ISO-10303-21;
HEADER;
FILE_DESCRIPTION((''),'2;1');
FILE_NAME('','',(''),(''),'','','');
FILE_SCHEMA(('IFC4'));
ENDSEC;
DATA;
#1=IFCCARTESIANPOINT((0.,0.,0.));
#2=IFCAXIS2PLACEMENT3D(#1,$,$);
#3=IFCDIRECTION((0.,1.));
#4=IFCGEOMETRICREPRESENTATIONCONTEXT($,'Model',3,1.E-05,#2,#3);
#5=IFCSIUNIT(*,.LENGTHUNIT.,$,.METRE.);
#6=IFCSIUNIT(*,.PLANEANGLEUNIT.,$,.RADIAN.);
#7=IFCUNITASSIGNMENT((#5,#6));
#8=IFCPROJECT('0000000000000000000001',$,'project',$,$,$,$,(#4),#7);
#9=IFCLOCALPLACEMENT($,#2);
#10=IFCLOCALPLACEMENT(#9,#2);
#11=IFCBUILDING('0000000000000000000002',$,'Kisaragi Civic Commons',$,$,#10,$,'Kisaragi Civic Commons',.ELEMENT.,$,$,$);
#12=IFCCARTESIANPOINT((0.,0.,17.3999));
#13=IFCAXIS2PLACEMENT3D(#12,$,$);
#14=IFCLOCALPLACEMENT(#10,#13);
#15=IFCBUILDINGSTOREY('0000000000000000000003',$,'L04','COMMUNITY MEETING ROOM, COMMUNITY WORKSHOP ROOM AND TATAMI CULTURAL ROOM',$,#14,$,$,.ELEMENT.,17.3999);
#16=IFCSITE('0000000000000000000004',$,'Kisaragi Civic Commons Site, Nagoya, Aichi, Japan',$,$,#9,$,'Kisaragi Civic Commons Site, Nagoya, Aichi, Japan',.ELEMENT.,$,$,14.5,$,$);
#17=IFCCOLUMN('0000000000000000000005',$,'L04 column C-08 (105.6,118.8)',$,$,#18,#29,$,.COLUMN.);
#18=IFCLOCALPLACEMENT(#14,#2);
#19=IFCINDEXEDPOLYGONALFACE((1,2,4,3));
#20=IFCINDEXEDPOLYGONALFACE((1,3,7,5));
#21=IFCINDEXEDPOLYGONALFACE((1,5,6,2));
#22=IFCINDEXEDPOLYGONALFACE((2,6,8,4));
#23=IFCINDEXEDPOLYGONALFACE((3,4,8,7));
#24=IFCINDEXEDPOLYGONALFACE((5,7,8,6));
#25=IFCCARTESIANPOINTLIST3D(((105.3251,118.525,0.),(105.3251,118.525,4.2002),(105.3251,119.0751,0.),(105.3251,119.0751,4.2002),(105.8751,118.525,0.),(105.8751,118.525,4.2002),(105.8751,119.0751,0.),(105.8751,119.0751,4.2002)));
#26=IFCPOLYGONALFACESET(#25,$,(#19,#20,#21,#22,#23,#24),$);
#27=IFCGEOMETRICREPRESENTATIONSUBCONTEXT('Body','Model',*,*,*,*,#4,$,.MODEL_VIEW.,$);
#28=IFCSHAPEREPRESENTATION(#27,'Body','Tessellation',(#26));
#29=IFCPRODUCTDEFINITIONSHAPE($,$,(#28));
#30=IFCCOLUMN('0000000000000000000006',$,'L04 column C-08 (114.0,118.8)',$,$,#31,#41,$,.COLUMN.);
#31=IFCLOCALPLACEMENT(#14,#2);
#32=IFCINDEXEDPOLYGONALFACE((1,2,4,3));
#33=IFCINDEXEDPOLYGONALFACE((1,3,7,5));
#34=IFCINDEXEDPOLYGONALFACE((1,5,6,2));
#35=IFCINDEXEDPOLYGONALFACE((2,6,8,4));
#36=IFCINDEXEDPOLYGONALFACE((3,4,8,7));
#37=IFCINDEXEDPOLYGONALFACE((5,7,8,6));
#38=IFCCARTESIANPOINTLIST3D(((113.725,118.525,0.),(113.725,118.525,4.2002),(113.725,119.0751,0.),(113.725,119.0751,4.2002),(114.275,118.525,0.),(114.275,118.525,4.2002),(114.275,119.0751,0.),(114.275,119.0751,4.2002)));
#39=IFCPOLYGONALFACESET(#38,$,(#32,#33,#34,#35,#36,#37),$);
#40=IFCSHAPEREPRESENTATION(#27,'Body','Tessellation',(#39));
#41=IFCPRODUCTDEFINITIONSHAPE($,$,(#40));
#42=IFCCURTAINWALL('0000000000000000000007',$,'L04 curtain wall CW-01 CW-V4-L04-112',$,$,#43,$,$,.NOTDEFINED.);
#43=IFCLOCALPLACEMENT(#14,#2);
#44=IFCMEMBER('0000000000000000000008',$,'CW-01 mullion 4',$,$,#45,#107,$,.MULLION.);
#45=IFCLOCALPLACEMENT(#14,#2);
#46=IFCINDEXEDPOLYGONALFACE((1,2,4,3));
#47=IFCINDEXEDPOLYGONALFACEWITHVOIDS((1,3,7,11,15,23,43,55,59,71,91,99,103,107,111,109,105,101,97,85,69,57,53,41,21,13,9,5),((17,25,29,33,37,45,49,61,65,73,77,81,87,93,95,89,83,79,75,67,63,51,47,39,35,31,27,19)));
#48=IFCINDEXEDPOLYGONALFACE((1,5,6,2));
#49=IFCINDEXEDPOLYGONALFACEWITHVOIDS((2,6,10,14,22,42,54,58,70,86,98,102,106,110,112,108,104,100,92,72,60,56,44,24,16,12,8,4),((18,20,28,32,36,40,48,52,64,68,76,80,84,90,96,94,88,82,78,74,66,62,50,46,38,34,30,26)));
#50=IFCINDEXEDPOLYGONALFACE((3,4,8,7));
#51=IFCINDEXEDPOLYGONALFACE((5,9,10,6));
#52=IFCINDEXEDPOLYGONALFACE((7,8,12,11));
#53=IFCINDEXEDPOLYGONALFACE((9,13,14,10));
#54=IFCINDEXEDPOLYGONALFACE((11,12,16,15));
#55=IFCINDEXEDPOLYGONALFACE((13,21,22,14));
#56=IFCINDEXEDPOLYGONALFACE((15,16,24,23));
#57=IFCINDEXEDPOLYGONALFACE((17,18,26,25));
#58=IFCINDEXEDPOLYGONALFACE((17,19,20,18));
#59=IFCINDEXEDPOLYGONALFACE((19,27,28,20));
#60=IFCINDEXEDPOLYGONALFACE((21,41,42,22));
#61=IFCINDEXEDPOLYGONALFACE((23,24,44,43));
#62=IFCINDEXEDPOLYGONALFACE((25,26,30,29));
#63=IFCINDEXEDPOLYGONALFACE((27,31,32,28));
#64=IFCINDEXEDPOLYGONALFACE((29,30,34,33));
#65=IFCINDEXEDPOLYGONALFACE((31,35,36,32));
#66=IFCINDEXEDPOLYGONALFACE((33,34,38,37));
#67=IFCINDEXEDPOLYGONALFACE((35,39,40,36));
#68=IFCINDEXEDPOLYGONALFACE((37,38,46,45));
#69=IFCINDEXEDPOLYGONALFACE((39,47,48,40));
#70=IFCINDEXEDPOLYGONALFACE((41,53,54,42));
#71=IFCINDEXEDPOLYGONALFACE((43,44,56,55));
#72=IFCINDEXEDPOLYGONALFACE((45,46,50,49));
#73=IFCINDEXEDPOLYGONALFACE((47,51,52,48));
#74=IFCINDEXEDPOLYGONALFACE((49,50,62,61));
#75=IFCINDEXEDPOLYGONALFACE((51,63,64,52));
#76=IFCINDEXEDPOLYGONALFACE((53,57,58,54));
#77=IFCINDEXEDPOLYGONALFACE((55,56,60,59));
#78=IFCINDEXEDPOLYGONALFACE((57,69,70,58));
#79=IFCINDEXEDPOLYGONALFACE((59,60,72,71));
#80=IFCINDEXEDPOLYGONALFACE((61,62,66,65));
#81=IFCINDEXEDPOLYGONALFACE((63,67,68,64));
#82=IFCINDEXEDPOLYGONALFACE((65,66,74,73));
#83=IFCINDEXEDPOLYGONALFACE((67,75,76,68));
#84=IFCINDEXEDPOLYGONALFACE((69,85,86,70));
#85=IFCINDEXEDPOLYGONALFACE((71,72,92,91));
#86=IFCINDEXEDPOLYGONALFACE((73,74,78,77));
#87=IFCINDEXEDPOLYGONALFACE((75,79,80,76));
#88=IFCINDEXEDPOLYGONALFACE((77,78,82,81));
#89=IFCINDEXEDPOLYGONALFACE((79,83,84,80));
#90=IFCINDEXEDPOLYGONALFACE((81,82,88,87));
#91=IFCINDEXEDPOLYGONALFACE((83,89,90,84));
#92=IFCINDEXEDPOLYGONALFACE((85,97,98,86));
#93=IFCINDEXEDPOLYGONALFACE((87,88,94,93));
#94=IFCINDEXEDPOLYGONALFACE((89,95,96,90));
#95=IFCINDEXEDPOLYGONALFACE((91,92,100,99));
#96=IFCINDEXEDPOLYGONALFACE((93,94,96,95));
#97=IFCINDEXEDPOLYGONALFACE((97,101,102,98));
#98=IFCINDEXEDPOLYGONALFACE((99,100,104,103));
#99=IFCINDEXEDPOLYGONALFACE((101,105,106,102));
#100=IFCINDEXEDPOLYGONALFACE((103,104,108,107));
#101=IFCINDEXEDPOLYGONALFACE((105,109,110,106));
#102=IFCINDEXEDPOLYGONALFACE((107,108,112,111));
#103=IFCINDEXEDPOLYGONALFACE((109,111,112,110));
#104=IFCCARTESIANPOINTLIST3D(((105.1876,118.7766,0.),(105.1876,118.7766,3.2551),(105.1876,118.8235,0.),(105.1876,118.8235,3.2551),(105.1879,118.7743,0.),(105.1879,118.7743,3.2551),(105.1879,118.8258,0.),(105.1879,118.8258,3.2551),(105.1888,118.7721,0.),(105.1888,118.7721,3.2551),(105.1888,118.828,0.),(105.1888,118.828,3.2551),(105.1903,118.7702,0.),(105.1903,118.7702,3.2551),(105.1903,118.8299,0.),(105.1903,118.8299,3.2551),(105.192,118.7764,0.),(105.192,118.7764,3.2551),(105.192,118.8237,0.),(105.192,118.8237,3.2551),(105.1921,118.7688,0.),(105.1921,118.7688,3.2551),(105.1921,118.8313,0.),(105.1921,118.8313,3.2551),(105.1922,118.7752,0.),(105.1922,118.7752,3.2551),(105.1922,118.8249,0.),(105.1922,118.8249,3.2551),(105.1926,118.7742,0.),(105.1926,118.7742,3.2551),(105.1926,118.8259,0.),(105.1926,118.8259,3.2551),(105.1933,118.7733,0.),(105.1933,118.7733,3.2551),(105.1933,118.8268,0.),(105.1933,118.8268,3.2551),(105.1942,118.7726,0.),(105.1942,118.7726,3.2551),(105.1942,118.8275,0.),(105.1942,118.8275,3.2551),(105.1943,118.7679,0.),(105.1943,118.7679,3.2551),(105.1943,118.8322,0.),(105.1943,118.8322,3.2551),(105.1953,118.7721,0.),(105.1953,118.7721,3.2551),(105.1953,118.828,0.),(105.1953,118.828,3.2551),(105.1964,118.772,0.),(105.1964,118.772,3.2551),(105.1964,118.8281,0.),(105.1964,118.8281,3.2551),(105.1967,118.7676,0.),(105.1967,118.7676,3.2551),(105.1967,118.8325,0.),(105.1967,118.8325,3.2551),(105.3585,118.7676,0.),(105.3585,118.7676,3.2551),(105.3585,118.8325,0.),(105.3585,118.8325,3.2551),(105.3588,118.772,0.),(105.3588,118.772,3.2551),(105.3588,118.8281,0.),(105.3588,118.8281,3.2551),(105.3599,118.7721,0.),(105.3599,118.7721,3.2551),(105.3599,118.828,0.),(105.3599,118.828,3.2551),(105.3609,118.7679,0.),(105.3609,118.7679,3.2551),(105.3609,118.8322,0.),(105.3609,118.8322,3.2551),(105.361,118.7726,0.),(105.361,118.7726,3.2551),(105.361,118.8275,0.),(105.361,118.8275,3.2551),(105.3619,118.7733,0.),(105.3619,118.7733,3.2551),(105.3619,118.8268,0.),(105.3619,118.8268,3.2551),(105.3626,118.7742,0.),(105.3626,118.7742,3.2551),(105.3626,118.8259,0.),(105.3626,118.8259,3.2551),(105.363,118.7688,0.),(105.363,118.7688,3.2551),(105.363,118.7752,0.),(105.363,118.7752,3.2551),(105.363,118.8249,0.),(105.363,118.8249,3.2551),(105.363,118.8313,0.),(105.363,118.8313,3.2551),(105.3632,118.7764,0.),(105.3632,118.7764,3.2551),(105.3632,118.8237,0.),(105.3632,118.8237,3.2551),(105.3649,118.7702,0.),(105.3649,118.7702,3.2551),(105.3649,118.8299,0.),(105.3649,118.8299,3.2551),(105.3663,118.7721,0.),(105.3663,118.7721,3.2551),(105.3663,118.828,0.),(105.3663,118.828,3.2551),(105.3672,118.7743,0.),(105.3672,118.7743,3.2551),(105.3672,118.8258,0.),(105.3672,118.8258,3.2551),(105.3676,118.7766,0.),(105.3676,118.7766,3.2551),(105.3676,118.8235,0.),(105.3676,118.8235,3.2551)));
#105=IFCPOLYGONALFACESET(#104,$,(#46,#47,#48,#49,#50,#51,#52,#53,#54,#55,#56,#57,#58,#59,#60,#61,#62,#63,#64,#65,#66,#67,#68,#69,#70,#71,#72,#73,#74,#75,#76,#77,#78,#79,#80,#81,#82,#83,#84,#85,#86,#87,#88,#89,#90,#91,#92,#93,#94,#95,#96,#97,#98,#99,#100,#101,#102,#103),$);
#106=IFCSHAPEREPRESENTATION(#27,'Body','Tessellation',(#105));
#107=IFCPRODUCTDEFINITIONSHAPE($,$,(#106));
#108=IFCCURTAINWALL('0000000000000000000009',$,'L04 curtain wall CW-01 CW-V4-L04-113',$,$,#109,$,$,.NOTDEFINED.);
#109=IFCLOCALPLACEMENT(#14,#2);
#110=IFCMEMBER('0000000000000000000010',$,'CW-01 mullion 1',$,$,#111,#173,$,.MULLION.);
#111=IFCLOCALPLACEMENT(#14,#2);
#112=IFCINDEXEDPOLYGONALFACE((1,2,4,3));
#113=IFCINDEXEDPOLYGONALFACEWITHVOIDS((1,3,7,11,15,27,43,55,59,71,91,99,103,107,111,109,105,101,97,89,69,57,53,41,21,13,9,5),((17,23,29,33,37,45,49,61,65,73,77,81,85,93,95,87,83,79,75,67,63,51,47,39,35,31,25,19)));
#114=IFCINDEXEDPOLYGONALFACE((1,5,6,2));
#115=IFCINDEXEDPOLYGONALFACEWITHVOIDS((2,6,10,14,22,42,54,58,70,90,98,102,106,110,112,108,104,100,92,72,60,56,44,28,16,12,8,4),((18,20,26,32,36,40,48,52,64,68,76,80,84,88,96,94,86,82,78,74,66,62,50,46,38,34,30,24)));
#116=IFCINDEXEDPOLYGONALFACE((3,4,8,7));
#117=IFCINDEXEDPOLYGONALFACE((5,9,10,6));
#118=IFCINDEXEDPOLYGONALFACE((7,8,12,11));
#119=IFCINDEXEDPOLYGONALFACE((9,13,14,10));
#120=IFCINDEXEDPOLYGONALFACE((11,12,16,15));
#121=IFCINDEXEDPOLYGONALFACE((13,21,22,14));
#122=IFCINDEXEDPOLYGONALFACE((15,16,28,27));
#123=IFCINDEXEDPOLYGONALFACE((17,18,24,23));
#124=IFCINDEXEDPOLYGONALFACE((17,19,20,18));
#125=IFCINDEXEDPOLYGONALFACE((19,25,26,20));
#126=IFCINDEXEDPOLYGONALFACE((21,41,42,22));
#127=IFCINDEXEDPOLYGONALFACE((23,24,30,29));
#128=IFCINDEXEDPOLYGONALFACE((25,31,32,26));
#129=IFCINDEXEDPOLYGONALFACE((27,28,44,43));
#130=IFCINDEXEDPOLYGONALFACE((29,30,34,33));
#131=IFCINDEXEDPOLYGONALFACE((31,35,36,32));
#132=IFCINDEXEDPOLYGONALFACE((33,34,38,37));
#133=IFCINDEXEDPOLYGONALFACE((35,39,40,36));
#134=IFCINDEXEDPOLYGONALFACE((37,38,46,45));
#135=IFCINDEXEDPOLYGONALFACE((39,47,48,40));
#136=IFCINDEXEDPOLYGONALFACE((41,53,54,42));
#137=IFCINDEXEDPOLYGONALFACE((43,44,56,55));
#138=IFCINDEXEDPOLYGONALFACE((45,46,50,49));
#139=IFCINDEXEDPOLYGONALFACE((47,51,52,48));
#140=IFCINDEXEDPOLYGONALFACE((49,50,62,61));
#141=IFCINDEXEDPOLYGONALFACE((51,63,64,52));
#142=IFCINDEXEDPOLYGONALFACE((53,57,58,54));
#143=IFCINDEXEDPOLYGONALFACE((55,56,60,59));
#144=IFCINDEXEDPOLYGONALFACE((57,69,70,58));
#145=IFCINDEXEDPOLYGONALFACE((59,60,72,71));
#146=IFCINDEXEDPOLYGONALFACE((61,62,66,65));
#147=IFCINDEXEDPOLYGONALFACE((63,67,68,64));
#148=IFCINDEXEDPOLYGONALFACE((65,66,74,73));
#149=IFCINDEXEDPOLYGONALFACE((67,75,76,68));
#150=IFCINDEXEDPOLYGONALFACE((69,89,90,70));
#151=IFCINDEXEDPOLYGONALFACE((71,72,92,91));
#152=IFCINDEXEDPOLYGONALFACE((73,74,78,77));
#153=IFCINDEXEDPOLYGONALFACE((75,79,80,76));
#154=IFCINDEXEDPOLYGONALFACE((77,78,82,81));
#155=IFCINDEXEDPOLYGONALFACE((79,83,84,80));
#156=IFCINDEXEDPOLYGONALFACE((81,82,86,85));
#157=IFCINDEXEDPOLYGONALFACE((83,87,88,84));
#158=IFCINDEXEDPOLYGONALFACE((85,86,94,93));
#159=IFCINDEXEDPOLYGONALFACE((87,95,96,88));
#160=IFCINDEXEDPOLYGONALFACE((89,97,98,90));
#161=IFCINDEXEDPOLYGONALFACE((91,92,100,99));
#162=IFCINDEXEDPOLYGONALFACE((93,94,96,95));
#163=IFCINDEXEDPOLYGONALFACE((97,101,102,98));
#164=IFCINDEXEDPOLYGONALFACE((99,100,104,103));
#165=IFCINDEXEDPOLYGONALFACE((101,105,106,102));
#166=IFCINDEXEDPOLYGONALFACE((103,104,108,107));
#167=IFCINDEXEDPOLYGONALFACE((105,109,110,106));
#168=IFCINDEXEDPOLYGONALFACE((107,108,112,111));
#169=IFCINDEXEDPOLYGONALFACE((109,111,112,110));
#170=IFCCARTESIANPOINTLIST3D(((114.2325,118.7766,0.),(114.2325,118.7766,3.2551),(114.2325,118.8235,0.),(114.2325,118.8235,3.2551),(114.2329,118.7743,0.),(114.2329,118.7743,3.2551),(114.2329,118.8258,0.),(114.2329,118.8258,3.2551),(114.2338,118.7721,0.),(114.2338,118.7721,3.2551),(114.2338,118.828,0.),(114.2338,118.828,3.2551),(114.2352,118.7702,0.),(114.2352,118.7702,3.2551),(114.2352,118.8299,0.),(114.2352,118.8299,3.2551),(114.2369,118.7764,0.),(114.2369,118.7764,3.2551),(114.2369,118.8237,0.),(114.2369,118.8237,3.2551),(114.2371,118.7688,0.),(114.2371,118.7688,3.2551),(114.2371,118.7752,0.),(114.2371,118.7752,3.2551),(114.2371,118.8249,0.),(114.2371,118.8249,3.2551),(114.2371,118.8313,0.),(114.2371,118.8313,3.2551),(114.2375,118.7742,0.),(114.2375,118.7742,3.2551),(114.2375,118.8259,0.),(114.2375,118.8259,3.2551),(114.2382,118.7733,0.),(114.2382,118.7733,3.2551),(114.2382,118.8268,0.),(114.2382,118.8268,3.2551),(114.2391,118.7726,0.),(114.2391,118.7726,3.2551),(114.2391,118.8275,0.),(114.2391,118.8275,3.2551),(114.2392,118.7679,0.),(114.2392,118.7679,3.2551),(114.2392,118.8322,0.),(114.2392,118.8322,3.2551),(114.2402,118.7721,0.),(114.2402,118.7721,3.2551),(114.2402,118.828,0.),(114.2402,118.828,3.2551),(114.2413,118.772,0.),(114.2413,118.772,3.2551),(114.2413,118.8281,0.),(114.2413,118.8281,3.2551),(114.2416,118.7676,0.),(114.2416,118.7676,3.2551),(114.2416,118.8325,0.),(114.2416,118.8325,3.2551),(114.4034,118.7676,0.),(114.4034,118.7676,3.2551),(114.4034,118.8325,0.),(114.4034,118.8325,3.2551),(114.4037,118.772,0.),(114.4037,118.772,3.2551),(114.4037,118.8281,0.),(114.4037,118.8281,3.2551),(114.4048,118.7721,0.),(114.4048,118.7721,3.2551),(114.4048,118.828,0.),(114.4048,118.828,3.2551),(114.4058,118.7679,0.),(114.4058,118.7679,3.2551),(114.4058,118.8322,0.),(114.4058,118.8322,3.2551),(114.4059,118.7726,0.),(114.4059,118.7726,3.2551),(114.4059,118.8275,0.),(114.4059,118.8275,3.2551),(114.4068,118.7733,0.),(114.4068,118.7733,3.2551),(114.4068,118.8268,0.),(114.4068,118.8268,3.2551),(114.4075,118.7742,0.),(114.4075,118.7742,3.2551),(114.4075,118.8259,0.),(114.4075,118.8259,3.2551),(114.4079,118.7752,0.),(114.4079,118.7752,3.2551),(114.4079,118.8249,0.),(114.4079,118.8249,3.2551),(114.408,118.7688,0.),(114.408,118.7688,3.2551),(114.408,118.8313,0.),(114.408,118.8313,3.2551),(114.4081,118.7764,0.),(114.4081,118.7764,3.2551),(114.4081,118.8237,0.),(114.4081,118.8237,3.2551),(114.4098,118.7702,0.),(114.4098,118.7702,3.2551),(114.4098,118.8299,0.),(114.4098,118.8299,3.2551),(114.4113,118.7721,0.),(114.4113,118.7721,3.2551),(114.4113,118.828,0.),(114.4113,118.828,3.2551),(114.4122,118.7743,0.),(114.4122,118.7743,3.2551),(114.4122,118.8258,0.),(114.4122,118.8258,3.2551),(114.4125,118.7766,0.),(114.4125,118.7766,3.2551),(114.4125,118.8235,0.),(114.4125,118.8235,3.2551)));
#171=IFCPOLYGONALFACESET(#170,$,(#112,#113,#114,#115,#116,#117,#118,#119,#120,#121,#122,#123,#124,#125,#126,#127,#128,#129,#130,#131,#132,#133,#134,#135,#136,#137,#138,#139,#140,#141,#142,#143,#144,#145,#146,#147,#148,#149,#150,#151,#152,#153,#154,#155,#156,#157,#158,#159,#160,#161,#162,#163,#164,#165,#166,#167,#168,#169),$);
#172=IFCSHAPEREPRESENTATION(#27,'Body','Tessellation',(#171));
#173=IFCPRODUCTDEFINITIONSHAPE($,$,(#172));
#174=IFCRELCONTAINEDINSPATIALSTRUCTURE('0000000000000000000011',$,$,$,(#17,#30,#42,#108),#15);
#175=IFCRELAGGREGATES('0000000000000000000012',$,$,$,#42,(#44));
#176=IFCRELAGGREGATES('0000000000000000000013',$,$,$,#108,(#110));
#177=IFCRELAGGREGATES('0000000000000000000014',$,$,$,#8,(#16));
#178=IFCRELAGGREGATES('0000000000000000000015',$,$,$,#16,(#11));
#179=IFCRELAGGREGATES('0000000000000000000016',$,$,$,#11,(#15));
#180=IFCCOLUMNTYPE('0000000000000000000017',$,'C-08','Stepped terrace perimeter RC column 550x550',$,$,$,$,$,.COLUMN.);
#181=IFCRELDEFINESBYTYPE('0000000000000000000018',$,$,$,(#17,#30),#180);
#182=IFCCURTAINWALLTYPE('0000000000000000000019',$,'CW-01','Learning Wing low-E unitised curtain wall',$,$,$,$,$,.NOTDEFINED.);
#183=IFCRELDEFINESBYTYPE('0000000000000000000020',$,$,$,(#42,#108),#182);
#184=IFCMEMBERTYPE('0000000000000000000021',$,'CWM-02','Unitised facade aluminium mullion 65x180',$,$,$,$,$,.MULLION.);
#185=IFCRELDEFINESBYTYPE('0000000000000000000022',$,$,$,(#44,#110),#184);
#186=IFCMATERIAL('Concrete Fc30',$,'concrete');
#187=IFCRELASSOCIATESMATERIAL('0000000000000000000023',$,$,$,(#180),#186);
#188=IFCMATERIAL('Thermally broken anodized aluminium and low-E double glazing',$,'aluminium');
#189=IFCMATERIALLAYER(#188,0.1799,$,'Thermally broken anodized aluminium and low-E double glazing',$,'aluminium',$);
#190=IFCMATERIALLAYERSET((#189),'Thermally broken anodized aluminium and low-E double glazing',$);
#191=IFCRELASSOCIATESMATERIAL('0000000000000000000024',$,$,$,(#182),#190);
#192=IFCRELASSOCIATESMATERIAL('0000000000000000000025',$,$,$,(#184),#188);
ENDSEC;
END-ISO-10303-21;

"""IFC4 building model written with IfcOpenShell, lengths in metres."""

from ifc_helpers import new_model, si_unit, direction, frame, origin, origin_2d, place, context, subcontext, project, spatial, rectangle, hollow_rectangle, extrude, material, layer, layer_set, material_profile, profile_set, type_object, element, aggregate, save


model = new_model("IFC4")

# Units and contexts
model_context = context("Model", 3, precision=1e-05, world=origin(), true_north=direction((0.0, 1.0)))
body_context = subcontext(model_context, "Body", "Model", "MODEL_VIEW")
ifc_project = project(units=[si_unit("LENGTHUNIT", "METRE"), si_unit("PLANEANGLEUNIT", "RADIAN")], contexts=[model_context])

# Site, building, storey
site_placement = place(None, origin())
site = spatial("IfcSite", under=ifc_project, at=site_placement, Name="Kisaragi Civic Commons Site, Nagoya, Aichi, Japan", LongName="Kisaragi Civic Commons Site, Nagoya, Aichi, Japan", CompositionType="ELEMENT", RefElevation=14.5)
building_placement = place(site_placement, origin())
building = spatial("IfcBuilding", under=site, at=building_placement, Name="Kisaragi Civic Commons", LongName="Kisaragi Civic Commons", CompositionType="ELEMENT")
storey_placement = place(building_placement, frame((0.0, 0.0, 17.3999)))
storey = spatial("IfcBuildingStorey", under=building, at=storey_placement, Name="L04", Description="COMMUNITY MEETING ROOM, COMMUNITY WORKSHOP ROOM AND TATAMI CULTURAL ROOM", CompositionType="ELEMENT", Elevation=17.3999)

# Columns
ifc_material_1 = material(Name="Concrete Fc30", Category="concrete")
ifc_material_profile_1 = material_profile(ifc_material_1, rectangle(XDim=0.55, YDim=0.55, at=origin_2d()), Name="RC-550x550", Category="concrete")
ifc_profile_set_1 = profile_set([ifc_material_profile_1], Name="Concrete Fc30")
column_type = type_object("IfcColumnType", Name="C-08", Description="Stepped terrace perimeter RC column 550x550", PredefinedType="COLUMN", material=ifc_profile_set_1)
for number, where, z_axis, x_axis, name in (
    (1, (105.6001, 118.8, 0.0), (0.0, 0.0, 1.0), (1.0, 0.0, 0.0), "L04 column C-08 (105.6,118.8)"),
    (2, (114.0, 118.8, 0.0), (0.0, 0.0, 1.0), (1.0, 0.0, 0.0), "L04 column C-08 (114.0,118.8)"),
):
    element("IfcColumn", number, at=place(storey_placement, frame(where, z_axis=z_axis, x_axis=x_axis)), inside=storey, type_object=column_type, Name=name, PredefinedType="COLUMN", context=body_context, shape_type="SweptSolid", body=[
        extrude(rectangle(XDim=0.55, YDim=0.55, at=origin_2d()), origin(), (0.0, 0.0, 1.0), 4.2002),
    ])

# Curtain wall, member
ifc_material_2 = material(Name="Thermally broken anodized aluminium and low-E double glazing", Category="aluminium")
ifc_layer_1 = layer(ifc_material_2, 0.1799, Name="Thermally broken anodized aluminium and low-E double glazing", Category="aluminium")
ifc_layer_set_1 = layer_set([ifc_layer_1], Name="Thermally broken anodized aluminium and low-E double glazing")
curtain_wall_type = type_object("IfcCurtainWallType", Name="CW-01", Description="Learning Wing low-E unitised curtain wall", PredefinedType="NOTDEFINED", material=ifc_layer_set_1)
curtain_wall_1_placement = place(storey_placement, origin())
curtain_wall_1 = element("IfcCurtainWall", 3, at=curtain_wall_1_placement, inside=storey, type_object=curtain_wall_type, Name="L04 curtain wall CW-01 CW-V4-L04-112", PredefinedType="NOTDEFINED")
ifc_material_profile_2 = material_profile(ifc_material_2, hollow_rectangle(XDim=0.0649, YDim=0.1799, WallThickness=0.0044, InnerFilletRadius=0.0044, OuterFilletRadius=0.009, at=origin_2d()), Name="CWM-65x180x4.5", Category="aluminium")
ifc_profile_set_2 = profile_set([ifc_material_profile_2], Name="Thermally broken anodized aluminium and low-E double glazing")
member_type_1 = type_object("IfcMemberType", Name="CWM-02", Description="Unitised facade aluminium mullion 65x180", PredefinedType="MULLION", material=ifc_profile_set_2)
member_1_placement = place(storey_placement, frame((105.2776, 118.8, 0.0), z_axis=(0.0, 0.0, 1.0), x_axis=(0.0, 1.0, 0.0)))
member_1 = element("IfcMember", 4, at=member_1_placement, type_object=member_type_1, Name="CW-01 mullion 4", PredefinedType="MULLION", context=body_context, shape_type="SweptSolid", body=[
    extrude(hollow_rectangle(XDim=0.0649, YDim=0.1799, WallThickness=0.0044, InnerFilletRadius=0.0044, OuterFilletRadius=0.009, at=origin_2d()), origin(), (0.0, 0.0, 1.0), 3.2551),
])
aggregate(curtain_wall_1, [member_1])

# Curtain wall, member
curtain_wall_2_placement = place(storey_placement, origin())
curtain_wall_2 = element("IfcCurtainWall", 5, at=curtain_wall_2_placement, inside=storey, type_object=curtain_wall_type, Name="L04 curtain wall CW-01 CW-V4-L04-113", PredefinedType="NOTDEFINED")
member_2_placement = place(storey_placement, frame((114.3225, 118.8, 0.0), z_axis=(0.0, 0.0, 1.0), x_axis=(0.0, 1.0, 0.0)))
member_2 = element("IfcMember", 6, at=member_2_placement, type_object=member_type_1, Name="CW-01 mullion 1", PredefinedType="MULLION", context=body_context, shape_type="SweptSolid", body=[
    extrude(hollow_rectangle(XDim=0.0649, YDim=0.1799, WallThickness=0.0044, InnerFilletRadius=0.0044, OuterFilletRadius=0.009, at=origin_2d()), origin(), (0.0, 0.0, 1.0), 3.2551),
])

aggregate(curtain_wall_2, [member_2])

save(model, "model.ifc")
